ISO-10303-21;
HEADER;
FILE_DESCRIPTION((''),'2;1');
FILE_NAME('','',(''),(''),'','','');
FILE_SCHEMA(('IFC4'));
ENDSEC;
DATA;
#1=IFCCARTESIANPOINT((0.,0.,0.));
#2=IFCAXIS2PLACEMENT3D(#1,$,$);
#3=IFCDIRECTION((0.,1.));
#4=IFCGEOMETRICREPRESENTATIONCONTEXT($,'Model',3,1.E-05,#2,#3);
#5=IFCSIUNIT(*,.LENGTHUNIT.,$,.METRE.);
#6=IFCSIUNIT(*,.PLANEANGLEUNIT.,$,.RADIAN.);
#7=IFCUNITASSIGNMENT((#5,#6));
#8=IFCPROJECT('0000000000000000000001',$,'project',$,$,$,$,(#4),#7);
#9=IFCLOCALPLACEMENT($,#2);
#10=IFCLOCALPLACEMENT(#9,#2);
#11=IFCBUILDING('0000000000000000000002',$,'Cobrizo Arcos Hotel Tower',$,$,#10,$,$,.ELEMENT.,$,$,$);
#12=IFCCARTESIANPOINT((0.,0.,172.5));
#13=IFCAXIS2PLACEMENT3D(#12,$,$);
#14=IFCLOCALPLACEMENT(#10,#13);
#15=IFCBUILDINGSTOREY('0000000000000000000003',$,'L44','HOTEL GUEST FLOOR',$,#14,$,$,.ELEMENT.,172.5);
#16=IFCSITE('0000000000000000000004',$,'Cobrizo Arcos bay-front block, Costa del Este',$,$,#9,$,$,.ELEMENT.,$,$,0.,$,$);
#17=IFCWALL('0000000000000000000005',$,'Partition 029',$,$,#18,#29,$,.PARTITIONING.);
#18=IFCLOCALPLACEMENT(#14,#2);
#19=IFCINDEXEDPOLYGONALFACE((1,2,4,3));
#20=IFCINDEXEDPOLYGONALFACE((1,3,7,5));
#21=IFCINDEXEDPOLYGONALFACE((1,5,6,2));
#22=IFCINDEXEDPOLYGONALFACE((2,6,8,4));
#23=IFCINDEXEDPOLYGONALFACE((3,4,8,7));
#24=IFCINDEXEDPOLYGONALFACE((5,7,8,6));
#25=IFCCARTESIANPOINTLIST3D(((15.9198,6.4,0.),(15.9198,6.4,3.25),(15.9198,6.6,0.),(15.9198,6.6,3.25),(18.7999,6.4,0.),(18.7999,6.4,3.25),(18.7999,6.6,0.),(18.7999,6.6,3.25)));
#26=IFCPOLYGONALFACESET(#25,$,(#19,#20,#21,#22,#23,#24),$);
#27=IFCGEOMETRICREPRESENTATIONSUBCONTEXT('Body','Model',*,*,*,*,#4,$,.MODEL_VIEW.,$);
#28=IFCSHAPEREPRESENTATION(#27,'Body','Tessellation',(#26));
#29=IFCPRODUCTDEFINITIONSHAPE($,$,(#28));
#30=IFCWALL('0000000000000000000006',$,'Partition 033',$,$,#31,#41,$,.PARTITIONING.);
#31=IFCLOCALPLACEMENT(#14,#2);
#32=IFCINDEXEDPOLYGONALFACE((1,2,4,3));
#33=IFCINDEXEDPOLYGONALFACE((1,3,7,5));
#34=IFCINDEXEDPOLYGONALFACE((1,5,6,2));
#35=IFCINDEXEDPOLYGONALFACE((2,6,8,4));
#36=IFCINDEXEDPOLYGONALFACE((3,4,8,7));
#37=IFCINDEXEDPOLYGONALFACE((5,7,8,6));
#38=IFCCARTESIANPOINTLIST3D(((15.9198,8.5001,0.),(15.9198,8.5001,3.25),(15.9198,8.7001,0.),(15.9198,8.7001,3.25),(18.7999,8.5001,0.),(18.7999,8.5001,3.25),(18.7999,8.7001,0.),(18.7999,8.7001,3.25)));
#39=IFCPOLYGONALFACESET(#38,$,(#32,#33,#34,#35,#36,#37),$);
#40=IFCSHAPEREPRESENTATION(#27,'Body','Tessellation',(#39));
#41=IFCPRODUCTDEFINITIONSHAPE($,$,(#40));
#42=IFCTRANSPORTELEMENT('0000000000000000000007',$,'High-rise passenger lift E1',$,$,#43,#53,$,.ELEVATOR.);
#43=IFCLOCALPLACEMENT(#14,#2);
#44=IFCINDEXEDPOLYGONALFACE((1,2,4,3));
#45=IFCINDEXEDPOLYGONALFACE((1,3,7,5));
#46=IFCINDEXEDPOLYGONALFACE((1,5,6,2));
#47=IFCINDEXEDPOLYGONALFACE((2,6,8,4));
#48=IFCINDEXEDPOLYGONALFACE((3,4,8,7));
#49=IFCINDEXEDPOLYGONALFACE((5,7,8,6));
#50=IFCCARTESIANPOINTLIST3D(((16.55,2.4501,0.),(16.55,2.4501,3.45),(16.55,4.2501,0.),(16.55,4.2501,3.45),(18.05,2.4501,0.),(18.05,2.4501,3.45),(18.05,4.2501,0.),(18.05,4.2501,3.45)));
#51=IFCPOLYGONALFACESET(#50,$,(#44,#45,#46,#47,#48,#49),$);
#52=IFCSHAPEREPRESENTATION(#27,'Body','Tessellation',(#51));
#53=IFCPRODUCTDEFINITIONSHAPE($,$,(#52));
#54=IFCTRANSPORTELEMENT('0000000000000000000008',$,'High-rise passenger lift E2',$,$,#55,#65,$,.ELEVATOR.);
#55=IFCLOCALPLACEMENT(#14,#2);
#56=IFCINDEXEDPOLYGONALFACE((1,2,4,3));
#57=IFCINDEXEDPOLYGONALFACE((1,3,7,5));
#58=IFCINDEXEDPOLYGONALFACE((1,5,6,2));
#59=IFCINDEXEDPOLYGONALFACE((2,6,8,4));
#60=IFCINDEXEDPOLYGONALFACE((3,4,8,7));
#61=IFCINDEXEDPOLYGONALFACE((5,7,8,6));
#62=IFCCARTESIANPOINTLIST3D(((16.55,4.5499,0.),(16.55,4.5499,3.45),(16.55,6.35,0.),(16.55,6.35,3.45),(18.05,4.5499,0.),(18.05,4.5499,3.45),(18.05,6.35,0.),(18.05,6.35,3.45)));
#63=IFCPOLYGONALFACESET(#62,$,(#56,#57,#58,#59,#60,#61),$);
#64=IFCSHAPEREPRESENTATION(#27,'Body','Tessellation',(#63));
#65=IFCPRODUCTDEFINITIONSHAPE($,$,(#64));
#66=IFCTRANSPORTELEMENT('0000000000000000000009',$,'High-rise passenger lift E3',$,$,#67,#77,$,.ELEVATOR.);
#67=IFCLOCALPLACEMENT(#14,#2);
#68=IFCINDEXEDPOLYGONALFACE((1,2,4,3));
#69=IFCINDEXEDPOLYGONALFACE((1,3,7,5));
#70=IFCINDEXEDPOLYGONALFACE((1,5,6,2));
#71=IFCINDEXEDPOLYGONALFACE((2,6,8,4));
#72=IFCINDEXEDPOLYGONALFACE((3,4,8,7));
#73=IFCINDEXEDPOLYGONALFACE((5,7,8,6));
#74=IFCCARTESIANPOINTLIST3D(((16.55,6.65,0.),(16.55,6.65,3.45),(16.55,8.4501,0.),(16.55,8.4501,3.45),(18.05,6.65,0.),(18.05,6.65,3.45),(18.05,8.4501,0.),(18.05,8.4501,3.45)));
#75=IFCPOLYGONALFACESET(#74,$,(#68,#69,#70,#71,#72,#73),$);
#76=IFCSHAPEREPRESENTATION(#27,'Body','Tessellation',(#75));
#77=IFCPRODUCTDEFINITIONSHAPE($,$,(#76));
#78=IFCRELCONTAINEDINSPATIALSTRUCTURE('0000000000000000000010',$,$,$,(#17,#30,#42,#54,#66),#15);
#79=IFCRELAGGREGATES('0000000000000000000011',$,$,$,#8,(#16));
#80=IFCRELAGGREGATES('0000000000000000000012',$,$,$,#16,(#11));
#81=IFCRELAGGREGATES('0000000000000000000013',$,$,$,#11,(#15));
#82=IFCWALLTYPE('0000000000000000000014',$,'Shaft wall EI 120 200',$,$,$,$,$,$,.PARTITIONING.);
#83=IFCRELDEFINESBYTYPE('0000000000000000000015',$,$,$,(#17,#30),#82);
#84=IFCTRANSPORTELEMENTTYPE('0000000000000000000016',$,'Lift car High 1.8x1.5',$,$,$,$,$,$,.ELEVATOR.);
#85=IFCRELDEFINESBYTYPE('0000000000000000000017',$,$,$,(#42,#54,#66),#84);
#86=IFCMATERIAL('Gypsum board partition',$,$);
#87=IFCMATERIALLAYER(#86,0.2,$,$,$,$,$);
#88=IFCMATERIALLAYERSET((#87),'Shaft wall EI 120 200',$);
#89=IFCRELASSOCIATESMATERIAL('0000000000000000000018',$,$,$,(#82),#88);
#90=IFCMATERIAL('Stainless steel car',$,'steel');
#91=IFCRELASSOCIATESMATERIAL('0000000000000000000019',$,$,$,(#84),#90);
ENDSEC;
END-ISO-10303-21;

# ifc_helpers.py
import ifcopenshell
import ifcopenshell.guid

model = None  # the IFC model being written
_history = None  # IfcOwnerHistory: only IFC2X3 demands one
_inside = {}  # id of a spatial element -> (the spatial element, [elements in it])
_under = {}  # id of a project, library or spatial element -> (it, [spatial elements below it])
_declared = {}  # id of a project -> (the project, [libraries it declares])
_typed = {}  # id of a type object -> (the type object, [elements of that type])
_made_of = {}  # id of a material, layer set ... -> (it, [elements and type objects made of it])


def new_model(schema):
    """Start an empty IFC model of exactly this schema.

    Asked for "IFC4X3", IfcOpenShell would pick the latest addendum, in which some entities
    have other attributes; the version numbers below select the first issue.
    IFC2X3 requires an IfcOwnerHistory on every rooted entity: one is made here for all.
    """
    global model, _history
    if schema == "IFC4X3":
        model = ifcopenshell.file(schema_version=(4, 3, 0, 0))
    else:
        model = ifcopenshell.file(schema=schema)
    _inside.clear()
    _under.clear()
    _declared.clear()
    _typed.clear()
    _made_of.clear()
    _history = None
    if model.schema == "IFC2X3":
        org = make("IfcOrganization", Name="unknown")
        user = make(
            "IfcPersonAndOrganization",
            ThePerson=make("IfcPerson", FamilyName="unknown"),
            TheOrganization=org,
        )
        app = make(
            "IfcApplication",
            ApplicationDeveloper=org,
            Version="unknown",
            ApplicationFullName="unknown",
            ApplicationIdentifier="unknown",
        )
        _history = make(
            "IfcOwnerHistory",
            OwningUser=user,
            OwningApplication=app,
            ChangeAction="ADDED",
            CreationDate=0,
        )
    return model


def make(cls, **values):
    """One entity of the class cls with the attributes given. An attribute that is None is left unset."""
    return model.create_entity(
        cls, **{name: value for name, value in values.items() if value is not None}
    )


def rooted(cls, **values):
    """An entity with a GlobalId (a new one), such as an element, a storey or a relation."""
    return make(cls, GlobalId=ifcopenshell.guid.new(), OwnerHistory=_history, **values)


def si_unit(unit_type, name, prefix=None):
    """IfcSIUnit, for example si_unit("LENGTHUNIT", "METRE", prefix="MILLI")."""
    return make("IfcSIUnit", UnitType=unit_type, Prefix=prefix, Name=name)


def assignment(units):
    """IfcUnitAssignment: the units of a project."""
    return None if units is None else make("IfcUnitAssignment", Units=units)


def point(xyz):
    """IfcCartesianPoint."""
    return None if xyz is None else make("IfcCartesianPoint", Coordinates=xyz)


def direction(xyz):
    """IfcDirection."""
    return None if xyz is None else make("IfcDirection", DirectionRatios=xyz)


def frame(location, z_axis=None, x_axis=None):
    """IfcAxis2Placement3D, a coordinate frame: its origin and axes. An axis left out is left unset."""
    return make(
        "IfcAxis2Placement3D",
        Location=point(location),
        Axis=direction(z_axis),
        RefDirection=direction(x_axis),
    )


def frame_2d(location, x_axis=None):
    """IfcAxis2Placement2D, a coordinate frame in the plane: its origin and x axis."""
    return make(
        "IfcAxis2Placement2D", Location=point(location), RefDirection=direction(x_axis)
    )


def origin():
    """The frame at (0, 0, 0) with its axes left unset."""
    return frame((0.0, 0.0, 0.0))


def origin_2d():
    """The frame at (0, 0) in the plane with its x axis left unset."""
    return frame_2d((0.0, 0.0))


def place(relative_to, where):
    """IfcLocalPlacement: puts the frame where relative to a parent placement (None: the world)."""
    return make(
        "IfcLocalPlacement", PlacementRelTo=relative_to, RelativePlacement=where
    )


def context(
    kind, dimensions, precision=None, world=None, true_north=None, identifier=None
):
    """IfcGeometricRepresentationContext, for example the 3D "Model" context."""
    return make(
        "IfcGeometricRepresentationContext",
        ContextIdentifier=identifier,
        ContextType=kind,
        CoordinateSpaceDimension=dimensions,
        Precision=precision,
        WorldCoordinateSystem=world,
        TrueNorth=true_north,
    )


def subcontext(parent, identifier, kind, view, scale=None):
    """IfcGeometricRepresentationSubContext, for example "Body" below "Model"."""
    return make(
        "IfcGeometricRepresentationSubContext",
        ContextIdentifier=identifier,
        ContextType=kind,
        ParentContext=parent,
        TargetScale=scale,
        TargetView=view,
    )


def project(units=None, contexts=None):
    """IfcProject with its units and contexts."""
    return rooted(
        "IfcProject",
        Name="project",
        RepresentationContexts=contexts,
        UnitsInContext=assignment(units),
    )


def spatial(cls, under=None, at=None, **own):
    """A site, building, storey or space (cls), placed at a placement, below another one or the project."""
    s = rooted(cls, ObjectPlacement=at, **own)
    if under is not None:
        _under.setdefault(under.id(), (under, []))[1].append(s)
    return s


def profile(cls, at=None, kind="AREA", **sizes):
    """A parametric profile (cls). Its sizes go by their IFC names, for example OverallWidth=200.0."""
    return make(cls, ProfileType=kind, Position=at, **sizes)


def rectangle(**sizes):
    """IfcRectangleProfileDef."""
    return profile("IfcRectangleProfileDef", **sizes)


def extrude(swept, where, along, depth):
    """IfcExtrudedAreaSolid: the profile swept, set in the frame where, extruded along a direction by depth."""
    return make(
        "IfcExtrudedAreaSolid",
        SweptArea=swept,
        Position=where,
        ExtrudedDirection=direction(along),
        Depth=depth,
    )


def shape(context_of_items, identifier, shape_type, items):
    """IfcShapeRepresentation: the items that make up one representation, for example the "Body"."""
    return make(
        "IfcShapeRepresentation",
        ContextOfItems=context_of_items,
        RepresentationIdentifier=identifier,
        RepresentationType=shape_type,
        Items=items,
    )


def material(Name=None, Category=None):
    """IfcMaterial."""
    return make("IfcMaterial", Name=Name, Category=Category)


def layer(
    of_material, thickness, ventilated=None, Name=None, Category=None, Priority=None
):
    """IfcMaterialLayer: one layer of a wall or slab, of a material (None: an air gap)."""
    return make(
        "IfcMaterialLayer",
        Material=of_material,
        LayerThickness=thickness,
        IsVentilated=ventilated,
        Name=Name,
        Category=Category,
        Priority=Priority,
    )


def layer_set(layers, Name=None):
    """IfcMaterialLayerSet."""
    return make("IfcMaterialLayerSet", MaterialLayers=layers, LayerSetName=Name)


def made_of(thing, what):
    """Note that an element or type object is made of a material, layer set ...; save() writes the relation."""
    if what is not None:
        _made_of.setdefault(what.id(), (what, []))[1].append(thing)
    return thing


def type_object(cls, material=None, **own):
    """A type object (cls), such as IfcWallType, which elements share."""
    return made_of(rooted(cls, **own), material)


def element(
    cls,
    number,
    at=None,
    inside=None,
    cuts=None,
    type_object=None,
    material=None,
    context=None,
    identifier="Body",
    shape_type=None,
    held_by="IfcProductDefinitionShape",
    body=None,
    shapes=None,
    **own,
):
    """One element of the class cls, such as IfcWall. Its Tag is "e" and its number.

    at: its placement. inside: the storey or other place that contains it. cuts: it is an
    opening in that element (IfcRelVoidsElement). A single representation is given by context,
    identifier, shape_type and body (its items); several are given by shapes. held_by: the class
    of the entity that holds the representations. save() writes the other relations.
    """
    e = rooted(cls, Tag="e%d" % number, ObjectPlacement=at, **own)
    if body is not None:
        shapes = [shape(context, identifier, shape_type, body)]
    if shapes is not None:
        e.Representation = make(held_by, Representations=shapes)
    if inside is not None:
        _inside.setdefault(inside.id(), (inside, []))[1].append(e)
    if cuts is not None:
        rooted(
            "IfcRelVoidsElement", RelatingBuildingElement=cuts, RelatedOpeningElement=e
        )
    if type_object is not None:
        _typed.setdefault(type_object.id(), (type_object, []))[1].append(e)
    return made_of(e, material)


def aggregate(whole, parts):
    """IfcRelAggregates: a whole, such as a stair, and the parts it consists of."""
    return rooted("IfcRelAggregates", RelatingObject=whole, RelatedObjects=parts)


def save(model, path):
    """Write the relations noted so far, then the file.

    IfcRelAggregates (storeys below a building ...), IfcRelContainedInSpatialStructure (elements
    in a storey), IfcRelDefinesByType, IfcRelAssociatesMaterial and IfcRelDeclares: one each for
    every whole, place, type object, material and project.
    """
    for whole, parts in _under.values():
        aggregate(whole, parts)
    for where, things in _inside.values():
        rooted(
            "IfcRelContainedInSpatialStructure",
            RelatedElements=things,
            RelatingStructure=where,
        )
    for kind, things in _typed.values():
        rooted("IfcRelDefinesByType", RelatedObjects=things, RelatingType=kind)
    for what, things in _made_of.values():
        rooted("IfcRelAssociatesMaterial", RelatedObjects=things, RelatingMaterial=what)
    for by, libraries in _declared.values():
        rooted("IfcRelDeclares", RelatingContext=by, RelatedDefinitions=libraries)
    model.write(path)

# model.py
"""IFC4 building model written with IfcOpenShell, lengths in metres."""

from ifc_helpers import new_model, si_unit, direction, frame, frame_2d, origin, origin_2d, place, context, subcontext, project, spatial, rectangle, extrude, material, layer, layer_set, type_object, element, save


model = new_model("IFC4")

# Units and contexts
model_context = context("Model", 3, precision=1e-05, world=origin(), true_north=direction((0.0, 1.0)))
body_context = subcontext(model_context, "Body", "Model", "MODEL_VIEW")
ifc_project = project(units=[si_unit("LENGTHUNIT", "METRE"), si_unit("PLANEANGLEUNIT", "RADIAN")], contexts=[model_context])

# Site, building, storey
site_placement = place(None, origin())
site = spatial("IfcSite", under=ifc_project, at=site_placement, Name="Cobrizo Arcos bay-front block, Costa del Este", CompositionType="ELEMENT", RefElevation=0.0)
building_placement = place(site_placement, origin())
building = spatial("IfcBuilding", under=site, at=building_placement, Name="Cobrizo Arcos Hotel Tower", CompositionType="ELEMENT")
storey_placement = place(building_placement, frame((0.0, 0.0, 172.5)))
storey = spatial("IfcBuildingStorey", under=building, at=storey_placement, Name="L44", Description="HOTEL GUEST FLOOR", CompositionType="ELEMENT", Elevation=172.5)

# Shared definitions
ifc_material_1 = material(Name="Gypsum board partition")

# Walls
ifc_layer_1 = layer(ifc_material_1, 0.2)
ifc_layer_set_1 = layer_set([ifc_layer_1], Name="Shaft wall EI 120 200")
wall_type_1 = type_object("IfcWallType", Name="Shaft wall EI 120 200", PredefinedType="PARTITIONING", material=ifc_layer_set_1)
for number, where, z_axis, x_axis, name in (
    (1, (15.9199, 6.5, 0.0), (0.0, 0.0, 1.0), (1.0, 0.0, 0.0), "Partition 029"),
    (2, (15.9199, 8.6001, 0.0), (0.0, 0.0, 1.0), (1.0, 0.0, 0.0), "Partition 033"),
):
    element("IfcWall", number, at=place(storey_placement, frame(where, z_axis=z_axis, x_axis=x_axis)), inside=storey, type_object=wall_type_1, Name=name, PredefinedType="PARTITIONING", context=body_context, shape_type="SweptSolid", body=[
        extrude(rectangle(XDim=2.8801, YDim=0.2, at=frame_2d((1.4399, 0.0))), origin(), (0.0, 0.0, 1.0), 3.25),
    ])

# Transport elements
ifc_material_2 = material(Name="Stainless steel car", Category="steel")
transport_element_type = type_object("IfcTransportElementType", Name="Lift car High 1.8x1.5", PredefinedType="ELEVATOR", material=ifc_material_2)
for number, where, z_axis, x_axis, name in (
    (3, (17.3, 3.3501, 0.0), (0.0, 0.0, 1.0), (1.0, 0.0, 0.0), "High-rise passenger lift E1"),
    (4, (17.3, 5.45, 0.0), (0.0, 0.0, 1.0), (1.0, 0.0, 0.0), "High-rise passenger lift E2"),
    (5, (17.3, 7.55, 0.0), (0.0, 0.0, 1.0), (1.0, 0.0, 0.0), "High-rise passenger lift E3"),
):
    element("IfcTransportElement", number, at=place(storey_placement, frame(where, z_axis=z_axis, x_axis=x_axis)), inside=storey, type_object=transport_element_type, Name=name, PredefinedType="ELEVATOR", context=body_context, shape_type="SweptSolid", body=[
        extrude(rectangle(XDim=1.5, YDim=1.8, at=origin_2d()), origin(), (0.0, 0.0, 1.0), 3.45),
    ])

save(model, "model.ifc")
